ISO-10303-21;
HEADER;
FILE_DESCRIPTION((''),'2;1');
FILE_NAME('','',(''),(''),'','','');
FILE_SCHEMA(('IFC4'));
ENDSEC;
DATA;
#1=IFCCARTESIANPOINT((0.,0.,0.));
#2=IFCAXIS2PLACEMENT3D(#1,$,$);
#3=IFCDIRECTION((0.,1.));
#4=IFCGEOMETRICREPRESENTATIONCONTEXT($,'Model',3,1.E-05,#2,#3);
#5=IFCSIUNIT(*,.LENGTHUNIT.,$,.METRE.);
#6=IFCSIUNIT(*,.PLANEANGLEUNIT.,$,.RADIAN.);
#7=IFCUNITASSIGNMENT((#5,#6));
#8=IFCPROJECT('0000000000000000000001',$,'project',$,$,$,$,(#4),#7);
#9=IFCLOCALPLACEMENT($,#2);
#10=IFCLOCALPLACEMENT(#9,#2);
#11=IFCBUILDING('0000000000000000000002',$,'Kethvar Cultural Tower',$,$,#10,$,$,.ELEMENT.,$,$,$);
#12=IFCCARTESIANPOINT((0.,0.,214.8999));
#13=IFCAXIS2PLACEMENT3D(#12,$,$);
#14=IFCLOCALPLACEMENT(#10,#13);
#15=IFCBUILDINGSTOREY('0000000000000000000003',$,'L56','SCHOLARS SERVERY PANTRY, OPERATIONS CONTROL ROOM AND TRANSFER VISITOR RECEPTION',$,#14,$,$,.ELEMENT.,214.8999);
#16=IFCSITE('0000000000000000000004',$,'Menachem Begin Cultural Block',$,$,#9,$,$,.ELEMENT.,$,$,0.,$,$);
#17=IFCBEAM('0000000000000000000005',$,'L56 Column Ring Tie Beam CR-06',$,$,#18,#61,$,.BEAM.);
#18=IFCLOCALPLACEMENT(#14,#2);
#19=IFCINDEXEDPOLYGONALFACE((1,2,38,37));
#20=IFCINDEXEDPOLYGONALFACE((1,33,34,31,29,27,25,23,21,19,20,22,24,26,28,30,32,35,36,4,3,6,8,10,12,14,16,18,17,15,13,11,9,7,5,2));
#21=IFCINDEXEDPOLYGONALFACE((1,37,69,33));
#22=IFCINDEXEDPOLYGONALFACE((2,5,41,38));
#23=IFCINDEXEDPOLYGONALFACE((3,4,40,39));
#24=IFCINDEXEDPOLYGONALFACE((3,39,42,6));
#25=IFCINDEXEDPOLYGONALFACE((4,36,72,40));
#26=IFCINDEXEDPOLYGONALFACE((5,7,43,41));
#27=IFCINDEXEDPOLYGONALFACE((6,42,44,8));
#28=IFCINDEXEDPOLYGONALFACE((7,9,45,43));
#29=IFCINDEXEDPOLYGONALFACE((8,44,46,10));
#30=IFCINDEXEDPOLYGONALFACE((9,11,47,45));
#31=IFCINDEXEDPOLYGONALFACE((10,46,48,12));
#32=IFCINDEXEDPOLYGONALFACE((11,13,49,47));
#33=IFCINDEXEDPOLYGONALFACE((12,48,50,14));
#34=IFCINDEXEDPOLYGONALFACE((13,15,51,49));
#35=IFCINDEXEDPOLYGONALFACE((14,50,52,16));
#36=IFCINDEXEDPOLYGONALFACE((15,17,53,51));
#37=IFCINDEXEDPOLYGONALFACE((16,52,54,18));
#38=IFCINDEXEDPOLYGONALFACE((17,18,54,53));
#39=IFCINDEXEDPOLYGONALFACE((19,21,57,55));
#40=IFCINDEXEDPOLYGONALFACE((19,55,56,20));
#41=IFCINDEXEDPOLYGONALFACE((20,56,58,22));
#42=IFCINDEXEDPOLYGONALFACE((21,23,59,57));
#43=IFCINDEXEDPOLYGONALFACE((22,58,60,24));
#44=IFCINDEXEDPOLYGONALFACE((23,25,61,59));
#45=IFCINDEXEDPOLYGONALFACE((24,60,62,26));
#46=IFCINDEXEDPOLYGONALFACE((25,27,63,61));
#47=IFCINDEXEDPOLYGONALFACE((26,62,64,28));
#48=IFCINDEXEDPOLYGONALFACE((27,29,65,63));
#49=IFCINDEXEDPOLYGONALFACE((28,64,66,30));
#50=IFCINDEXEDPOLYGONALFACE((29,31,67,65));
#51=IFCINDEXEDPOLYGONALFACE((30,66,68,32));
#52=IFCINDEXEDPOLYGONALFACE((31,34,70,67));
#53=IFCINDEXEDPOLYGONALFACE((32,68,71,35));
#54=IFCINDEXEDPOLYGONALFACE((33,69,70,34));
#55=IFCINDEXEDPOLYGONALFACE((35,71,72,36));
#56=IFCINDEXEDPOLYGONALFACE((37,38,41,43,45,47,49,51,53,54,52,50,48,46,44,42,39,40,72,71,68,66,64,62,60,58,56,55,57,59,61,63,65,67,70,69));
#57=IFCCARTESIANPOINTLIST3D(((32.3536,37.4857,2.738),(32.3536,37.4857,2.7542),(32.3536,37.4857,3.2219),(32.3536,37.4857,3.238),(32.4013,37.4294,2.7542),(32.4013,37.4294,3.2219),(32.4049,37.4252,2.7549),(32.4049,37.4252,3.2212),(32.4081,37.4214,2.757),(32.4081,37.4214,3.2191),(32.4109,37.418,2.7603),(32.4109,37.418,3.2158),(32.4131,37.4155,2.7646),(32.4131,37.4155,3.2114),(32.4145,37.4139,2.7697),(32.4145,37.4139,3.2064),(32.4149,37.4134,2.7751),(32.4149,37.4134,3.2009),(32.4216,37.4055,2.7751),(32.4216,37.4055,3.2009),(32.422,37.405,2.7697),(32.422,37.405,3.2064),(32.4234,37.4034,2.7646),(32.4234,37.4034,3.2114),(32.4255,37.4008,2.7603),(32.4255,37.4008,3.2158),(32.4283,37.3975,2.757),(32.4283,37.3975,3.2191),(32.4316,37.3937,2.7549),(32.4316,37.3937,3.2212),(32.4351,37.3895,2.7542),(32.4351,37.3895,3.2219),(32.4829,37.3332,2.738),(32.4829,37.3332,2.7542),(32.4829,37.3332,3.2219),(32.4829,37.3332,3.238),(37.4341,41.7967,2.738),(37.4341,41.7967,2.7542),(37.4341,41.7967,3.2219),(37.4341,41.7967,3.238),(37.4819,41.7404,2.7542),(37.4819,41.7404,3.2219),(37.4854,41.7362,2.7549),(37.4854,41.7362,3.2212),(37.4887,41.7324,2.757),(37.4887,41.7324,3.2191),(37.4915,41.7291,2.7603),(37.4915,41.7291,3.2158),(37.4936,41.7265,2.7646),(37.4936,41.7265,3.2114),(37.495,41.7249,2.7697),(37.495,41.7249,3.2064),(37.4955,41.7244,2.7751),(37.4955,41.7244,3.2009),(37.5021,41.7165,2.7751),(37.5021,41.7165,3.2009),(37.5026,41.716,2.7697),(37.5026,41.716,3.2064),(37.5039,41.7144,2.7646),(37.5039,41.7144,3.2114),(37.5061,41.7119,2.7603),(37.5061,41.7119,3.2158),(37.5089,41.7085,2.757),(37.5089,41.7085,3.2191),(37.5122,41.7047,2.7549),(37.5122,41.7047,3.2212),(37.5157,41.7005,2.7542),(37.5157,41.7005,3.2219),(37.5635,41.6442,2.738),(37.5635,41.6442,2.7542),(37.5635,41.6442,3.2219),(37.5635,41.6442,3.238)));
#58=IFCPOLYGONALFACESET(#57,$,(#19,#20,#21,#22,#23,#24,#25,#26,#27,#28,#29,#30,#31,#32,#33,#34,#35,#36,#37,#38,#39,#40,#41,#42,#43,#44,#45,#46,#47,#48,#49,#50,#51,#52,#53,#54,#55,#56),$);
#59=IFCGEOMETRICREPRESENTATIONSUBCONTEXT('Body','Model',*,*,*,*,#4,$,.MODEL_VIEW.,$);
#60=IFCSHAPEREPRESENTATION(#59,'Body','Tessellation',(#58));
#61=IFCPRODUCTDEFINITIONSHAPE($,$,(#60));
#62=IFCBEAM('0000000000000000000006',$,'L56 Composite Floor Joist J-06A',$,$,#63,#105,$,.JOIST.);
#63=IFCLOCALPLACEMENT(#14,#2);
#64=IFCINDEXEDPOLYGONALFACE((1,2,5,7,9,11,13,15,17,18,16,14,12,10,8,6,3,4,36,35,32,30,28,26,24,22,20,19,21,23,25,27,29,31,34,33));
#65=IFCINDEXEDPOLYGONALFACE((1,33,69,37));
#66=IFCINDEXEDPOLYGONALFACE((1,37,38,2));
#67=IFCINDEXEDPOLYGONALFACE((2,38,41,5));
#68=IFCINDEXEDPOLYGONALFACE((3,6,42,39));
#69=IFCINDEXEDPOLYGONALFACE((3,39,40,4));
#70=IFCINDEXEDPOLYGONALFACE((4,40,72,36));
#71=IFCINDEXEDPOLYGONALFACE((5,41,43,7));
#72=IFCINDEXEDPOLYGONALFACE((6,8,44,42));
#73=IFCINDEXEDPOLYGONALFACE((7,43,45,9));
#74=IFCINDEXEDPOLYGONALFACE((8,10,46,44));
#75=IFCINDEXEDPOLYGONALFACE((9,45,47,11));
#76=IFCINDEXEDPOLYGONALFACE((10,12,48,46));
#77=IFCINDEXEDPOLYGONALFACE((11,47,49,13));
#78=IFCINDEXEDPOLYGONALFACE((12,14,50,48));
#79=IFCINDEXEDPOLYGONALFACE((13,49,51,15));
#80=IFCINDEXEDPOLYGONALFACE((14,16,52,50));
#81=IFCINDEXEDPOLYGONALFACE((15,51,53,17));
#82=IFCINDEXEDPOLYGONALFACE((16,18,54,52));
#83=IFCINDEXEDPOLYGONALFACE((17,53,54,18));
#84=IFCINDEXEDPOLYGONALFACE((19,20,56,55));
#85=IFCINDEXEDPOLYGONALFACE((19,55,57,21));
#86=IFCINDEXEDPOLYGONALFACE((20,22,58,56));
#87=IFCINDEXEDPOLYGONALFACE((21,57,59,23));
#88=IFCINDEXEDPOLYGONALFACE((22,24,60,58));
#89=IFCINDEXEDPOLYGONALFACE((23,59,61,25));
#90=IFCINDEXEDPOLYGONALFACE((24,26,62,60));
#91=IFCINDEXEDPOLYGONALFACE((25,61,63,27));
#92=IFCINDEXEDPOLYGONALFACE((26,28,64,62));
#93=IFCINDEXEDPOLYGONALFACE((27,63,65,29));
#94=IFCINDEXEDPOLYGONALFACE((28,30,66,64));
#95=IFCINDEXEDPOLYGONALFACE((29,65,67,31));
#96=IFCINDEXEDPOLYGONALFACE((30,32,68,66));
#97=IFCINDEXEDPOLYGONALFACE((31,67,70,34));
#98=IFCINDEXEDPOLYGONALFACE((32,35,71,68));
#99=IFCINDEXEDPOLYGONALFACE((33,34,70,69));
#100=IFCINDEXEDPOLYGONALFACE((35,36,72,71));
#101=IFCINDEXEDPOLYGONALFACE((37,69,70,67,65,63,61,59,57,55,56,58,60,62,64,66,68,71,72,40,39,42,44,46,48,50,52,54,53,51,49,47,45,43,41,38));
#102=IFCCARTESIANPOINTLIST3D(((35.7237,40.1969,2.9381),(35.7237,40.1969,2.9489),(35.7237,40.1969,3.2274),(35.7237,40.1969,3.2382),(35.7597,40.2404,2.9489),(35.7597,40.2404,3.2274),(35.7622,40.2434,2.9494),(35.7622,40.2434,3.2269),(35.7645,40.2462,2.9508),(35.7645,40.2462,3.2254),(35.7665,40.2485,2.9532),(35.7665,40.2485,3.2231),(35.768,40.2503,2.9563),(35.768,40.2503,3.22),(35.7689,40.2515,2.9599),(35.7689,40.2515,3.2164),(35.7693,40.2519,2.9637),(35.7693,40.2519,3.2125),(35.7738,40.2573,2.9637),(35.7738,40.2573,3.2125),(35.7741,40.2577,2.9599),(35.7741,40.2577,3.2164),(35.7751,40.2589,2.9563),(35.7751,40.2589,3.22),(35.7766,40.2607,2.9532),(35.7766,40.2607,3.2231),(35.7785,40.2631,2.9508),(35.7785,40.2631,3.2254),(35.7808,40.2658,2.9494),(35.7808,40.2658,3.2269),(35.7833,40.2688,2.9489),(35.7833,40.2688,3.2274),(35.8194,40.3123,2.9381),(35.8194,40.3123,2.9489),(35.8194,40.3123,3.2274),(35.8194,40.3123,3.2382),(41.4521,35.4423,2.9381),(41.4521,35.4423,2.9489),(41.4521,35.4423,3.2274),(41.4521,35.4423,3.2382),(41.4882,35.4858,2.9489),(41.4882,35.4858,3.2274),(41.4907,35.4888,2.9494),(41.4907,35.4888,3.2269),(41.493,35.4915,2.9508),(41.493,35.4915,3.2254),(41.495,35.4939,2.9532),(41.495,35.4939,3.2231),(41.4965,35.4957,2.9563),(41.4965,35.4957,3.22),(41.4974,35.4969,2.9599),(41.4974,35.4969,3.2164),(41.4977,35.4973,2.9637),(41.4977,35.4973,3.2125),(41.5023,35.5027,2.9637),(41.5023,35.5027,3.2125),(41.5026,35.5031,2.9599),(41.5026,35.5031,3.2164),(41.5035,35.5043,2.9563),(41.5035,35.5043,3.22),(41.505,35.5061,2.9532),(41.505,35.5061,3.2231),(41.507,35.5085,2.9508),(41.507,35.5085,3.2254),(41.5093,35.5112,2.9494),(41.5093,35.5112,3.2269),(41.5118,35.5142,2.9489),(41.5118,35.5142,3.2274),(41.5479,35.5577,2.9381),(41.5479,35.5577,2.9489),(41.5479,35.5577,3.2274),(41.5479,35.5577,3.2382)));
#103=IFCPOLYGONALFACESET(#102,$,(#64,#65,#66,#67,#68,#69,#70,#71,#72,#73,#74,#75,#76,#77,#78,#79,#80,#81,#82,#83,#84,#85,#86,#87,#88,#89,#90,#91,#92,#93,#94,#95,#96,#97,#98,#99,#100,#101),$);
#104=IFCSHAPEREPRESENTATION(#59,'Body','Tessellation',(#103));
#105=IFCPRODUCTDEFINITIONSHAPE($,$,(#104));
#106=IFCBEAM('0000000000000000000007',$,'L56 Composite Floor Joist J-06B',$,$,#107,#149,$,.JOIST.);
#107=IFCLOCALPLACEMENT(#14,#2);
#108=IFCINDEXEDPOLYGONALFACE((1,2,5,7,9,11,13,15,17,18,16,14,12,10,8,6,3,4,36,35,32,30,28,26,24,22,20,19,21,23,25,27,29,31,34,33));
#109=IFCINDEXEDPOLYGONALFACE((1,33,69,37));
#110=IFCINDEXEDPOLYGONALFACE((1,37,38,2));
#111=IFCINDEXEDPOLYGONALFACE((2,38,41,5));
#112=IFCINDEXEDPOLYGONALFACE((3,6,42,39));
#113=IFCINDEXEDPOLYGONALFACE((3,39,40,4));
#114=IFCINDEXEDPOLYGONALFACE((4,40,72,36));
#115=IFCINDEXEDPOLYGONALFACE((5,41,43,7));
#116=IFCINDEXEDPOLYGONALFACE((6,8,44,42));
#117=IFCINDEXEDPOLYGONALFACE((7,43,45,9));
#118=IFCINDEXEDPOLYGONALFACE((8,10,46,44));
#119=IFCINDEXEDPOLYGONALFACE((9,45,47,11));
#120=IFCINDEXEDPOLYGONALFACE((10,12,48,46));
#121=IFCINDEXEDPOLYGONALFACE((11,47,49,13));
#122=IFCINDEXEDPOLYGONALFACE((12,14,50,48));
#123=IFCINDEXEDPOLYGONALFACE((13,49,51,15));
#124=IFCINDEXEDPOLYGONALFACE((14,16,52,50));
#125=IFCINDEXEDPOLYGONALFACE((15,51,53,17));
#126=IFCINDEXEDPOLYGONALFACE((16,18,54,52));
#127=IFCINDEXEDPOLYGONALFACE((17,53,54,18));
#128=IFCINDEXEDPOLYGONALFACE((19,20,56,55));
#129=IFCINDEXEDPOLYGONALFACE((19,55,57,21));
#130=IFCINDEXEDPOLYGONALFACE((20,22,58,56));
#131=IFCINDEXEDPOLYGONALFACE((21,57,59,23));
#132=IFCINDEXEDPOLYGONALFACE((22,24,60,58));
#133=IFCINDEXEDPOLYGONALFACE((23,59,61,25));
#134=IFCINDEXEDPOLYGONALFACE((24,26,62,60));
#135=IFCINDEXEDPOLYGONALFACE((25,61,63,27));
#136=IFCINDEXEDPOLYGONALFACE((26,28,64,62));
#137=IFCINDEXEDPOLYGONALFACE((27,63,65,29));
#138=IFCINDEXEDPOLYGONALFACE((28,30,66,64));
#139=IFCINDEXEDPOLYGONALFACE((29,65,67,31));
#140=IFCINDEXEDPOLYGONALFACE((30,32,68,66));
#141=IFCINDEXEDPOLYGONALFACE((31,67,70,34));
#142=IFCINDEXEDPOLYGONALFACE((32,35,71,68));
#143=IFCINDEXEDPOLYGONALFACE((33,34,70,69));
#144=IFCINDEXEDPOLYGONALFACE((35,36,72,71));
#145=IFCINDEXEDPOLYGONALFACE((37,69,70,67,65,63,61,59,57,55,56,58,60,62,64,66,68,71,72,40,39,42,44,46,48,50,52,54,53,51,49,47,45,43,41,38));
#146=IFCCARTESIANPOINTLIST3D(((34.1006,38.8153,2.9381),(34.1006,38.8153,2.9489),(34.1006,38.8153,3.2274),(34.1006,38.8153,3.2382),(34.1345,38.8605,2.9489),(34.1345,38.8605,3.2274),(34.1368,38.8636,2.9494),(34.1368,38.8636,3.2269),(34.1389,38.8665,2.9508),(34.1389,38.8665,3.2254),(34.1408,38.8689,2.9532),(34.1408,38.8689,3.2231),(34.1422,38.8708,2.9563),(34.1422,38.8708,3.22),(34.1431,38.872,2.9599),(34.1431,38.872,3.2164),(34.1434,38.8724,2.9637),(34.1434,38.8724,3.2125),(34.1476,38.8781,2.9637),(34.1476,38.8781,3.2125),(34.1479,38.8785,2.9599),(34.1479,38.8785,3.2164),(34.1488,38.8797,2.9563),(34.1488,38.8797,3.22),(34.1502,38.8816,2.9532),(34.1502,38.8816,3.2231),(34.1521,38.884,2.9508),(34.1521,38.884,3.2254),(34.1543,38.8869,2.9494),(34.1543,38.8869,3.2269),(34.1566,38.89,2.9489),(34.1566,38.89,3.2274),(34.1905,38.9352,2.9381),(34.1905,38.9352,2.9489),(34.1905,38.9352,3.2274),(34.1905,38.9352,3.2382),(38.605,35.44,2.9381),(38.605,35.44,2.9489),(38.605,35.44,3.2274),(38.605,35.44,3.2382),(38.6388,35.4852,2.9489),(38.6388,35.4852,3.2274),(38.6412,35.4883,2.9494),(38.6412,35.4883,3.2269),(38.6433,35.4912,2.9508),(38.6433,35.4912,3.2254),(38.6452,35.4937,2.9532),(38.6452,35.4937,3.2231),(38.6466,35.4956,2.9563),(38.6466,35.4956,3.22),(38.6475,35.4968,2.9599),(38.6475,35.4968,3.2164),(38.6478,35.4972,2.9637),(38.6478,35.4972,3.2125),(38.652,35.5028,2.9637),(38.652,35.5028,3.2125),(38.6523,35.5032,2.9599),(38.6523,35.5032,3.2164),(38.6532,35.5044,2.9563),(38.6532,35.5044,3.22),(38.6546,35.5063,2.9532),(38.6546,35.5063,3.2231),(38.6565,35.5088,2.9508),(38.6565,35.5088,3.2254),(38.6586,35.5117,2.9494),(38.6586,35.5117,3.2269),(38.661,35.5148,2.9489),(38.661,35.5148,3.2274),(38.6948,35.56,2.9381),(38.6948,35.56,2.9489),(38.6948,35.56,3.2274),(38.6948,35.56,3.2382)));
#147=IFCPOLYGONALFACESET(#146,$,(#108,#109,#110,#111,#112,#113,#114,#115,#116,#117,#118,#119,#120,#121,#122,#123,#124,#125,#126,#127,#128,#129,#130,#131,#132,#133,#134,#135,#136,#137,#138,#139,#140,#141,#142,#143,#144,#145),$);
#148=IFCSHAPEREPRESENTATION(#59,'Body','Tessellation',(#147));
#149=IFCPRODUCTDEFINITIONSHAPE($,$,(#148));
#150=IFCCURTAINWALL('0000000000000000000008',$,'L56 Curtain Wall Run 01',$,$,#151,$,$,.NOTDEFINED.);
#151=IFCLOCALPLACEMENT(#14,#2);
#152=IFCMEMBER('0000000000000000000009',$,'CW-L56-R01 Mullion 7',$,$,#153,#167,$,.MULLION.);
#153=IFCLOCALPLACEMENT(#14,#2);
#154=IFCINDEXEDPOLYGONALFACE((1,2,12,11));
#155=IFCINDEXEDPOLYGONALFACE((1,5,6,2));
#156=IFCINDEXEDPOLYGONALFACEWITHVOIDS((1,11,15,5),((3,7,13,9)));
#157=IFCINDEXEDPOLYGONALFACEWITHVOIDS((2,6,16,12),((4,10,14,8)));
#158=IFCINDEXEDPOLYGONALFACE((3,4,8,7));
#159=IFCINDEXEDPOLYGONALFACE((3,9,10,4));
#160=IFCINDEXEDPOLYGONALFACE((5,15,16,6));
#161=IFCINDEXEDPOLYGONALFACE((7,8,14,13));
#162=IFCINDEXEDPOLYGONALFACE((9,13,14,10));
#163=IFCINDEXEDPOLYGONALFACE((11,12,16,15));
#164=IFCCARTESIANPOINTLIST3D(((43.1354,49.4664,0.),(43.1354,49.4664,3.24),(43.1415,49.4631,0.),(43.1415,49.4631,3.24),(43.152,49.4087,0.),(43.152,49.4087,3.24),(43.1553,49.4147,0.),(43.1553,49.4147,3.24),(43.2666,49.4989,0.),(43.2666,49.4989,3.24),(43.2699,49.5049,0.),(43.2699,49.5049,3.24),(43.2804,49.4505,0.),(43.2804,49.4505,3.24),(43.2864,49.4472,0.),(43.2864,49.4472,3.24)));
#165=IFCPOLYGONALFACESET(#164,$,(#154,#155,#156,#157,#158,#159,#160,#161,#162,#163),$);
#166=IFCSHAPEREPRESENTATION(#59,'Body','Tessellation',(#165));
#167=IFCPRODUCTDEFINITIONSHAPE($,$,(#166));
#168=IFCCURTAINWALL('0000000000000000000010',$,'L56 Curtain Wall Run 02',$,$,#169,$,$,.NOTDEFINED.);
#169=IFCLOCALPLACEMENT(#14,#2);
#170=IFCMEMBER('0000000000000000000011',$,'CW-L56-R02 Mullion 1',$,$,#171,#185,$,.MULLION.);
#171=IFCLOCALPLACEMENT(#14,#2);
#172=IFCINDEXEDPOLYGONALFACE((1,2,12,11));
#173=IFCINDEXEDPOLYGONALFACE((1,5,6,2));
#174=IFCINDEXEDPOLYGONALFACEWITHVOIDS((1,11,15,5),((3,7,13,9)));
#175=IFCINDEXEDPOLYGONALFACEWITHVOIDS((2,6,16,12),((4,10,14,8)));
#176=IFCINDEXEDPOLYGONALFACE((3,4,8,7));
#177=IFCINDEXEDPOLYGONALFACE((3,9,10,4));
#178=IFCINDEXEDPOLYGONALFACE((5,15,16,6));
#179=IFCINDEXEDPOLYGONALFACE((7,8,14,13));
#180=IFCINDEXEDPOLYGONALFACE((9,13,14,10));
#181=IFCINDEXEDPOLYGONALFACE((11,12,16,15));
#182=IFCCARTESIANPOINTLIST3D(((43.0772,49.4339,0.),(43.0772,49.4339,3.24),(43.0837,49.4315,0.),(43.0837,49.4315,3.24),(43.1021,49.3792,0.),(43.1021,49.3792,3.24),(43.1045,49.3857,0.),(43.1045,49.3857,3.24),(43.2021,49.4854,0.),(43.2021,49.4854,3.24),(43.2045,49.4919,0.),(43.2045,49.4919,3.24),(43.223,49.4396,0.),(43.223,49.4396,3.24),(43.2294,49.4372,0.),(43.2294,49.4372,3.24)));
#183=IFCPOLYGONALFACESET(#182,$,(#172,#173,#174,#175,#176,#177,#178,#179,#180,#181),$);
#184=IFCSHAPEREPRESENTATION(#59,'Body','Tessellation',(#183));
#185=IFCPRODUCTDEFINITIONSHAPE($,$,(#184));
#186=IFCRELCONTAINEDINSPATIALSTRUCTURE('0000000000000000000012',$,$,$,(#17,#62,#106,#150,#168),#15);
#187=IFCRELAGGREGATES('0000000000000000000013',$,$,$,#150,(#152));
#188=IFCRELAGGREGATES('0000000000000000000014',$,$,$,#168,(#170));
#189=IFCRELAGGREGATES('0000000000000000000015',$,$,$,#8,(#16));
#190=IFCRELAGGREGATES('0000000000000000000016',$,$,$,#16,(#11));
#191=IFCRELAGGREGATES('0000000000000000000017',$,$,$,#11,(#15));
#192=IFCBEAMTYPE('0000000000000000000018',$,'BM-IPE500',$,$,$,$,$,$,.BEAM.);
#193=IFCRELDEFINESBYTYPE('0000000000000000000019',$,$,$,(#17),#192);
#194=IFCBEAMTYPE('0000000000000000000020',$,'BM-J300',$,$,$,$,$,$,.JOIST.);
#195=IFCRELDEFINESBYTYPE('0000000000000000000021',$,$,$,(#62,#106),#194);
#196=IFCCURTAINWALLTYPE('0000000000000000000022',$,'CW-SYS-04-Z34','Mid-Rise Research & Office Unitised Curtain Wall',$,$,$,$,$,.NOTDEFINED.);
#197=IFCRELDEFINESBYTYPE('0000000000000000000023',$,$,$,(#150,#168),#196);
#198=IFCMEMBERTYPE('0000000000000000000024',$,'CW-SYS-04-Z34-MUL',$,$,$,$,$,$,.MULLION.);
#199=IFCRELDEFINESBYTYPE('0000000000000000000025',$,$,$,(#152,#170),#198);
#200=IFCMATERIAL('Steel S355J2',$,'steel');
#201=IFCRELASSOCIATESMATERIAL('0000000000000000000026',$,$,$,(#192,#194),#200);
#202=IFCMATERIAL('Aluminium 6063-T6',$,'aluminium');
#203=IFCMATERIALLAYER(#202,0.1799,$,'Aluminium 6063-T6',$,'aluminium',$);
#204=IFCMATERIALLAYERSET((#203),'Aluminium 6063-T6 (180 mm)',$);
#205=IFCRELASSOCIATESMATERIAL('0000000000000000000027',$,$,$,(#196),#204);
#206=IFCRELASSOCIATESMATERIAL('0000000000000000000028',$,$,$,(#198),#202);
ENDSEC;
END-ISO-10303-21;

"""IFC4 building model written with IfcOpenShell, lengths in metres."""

from ifc_helpers import new_model, si_unit, direction, frame, origin, origin_2d, place, context, subcontext, project, spatial, hollow_rectangle, i_section, extrude, source, transform, mapped, material, layer, layer_set, material_profile, profile_set, type_object, element, aggregate, save


model = new_model("IFC4")

# Units and contexts
model_context = context("Model", 3, precision=1e-05, world=origin(), true_north=direction((0.0, 1.0)))
body_context = subcontext(model_context, "Body", "Model", "MODEL_VIEW")
ifc_project = project(units=[si_unit("LENGTHUNIT", "METRE"), si_unit("PLANEANGLEUNIT", "RADIAN")], contexts=[model_context])

# Site, building, storey
site_placement = place(None, origin())
site = spatial("IfcSite", under=ifc_project, at=site_placement, Name="Menachem Begin Cultural Block", CompositionType="ELEMENT", RefElevation=0.0)
building_placement = place(site_placement, origin())
building = spatial("IfcBuilding", under=site, at=building_placement, Name="Kethvar Cultural Tower", CompositionType="ELEMENT")
storey_placement = place(building_placement, frame((0.0, 0.0, 214.8999)))
storey = spatial("IfcBuildingStorey", under=building, at=storey_placement, Name="L56", Description="SCHOLARS SERVERY PANTRY, OPERATIONS CONTROL ROOM AND TRANSFER VISITOR RECEPTION", CompositionType="ELEMENT", Elevation=214.8999)

# Beams
ifc_material_1 = material(Name="Steel S355J2", Category="steel")
ifc_material_profile_1 = material_profile(ifc_material_1, i_section(OverallWidth=0.2, OverallDepth=0.5, WebThickness=0.0103, FlangeThickness=0.0161, FilletRadius=0.021, at=origin_2d()), Name="Steel S355J2 — IPE500")
ifc_profile_set_1 = profile_set([ifc_material_profile_1], Name="Steel S355J2 — IPE500")
beam_type_1 = type_object("IfcBeamType", Name="BM-IPE500", PredefinedType="BEAM", material=ifc_profile_set_1)
ifc_material_profile_2 = material_profile(ifc_material_1, i_section(OverallWidth=0.1499, OverallDepth=0.3, WebThickness=0.0071, FlangeThickness=0.0107, FilletRadius=0.0149, at=origin_2d()), Name="Steel S355J2 — IPE300")
ifc_profile_set_2 = profile_set([ifc_material_profile_2], Name="Steel S355J2 — IPE300")
beam_type_2 = type_object("IfcBeamType", Name="BM-J300", PredefinedType="JOIST", material=ifc_profile_set_2)
shared_shape_1 = source(origin(), body_context, "Body", "SweptSolid", [
    extrude(i_section(OverallWidth=0.2, OverallDepth=0.5, WebThickness=0.0103, FlangeThickness=0.0161, FilletRadius=0.021, at=origin_2d()), origin(), (0.0, 0.0, 1.0), 6.6631),
])
beam_1_placement = place(storey_placement, frame((37.4988, 41.7205, 2.988), z_axis=(-0.762491, -0.646999, 0.0), x_axis=(0.646999, -0.762491, 0.0)))
element("IfcBeam", 1, at=beam_1_placement, inside=storey, type_object=beam_type_1, Name="L56 Column Ring Tie Beam CR-06", PredefinedType="BEAM", context=body_context, shape_type="MappedRepresentation", body=[
    mapped(shared_shape_1, transform((0.0, 0.0, 0.0), scale=1.0)),
])
shared_shape_2 = source(origin(), body_context, "Body", "SweptSolid", [
    extrude(i_section(OverallWidth=0.1499, OverallDepth=0.3, WebThickness=0.0071, FlangeThickness=0.0107, FilletRadius=0.0149, at=origin_2d()), origin(), (0.0, 0.0, 1.0), 7.4446),
])
beam_2_placement = place(storey_placement, frame((41.5, 35.5, 3.0881), z_axis=(-0.769483, 0.638667, 0.0), x_axis=(-0.638667, -0.769483, 0.0)))
element("IfcBeam", 2, at=beam_2_placement, inside=storey, type_object=beam_type_2, Name="L56 Composite Floor Joist J-06A", PredefinedType="JOIST", context=body_context, shape_type="MappedRepresentation", body=[
    mapped(shared_shape_2, transform((0.0, 0.0, 0.0), scale=1.0)),
])
shared_shape_3 = source(origin(), body_context, "Body", "SweptSolid", [
    extrude(i_section(OverallWidth=0.1499, OverallDepth=0.3, WebThickness=0.0071, FlangeThickness=0.0107, FilletRadius=0.0149, at=origin_2d()), origin(), (0.0, 0.0, 1.0), 5.6287),
])
beam_3_placement = place(storey_placement, frame((38.6499, 35.5, 3.0881), z_axis=(-0.80026, 0.599653, 0.0), x_axis=(-0.599653, -0.80026, 0.0)))
element("IfcBeam", 3, at=beam_3_placement, inside=storey, type_object=beam_type_2, Name="L56 Composite Floor Joist J-06B", PredefinedType="JOIST", context=body_context, shape_type="MappedRepresentation", body=[
    mapped(shared_shape_3, transform((0.0, 0.0, 0.0), scale=1.0)),
])

# Curtain wall, member
ifc_material_2 = material(Name="Aluminium 6063-T6", Category="aluminium")
ifc_layer_1 = layer(ifc_material_2, 0.1799, Name="Aluminium 6063-T6", Category="aluminium")
ifc_layer_set_1 = layer_set([ifc_layer_1], Name="Aluminium 6063-T6 (180 mm)")
curtain_wall_type = type_object("IfcCurtainWallType", Name="CW-SYS-04-Z34", Description="Mid-Rise Research & Office Unitised Curtain Wall", PredefinedType="NOTDEFINED", material=ifc_layer_set_1)
curtain_wall_1_placement = place(storey_placement, origin())
curtain_wall_1 = element("IfcCurtainWall", 4, at=curtain_wall_1_placement, inside=storey, type_object=curtain_wall_type, Name="L56 Curtain Wall Run 01", PredefinedType="NOTDEFINED")
ifc_material_profile_3 = material_profile(ifc_material_2, hollow_rectangle(XDim=0.0601, YDim=0.1399, WallThickness=0.0049, at=origin_2d()), Name="Aluminium 6063-T6 — RHS140x60x5")
ifc_profile_set_3 = profile_set([ifc_material_profile_3], Name="Aluminium 6063-T6 — RHS140x60x5")
member_type_1 = type_object("IfcMemberType", Name="CW-SYS-04-Z34-MUL", PredefinedType="MULLION", material=ifc_profile_set_3)
shared_shape_4 = source(origin(), body_context, "Body", "SweptSolid", [
    extrude(hollow_rectangle(XDim=0.0601, YDim=0.1399, WallThickness=0.0049, at=origin_2d()), origin(), (0.0, 0.0, 1.0), 3.24),
])
member_1_placement = place(storey_placement, frame((43.2109, 49.4568, 0.0), z_axis=(0.0, 0.0, 1.0), x_axis=(0.275117, -0.961411, 0.0)))
member_1 = element("IfcMember", 5, at=member_1_placement, type_object=member_type_1, Name="CW-L56-R01 Mullion 7", PredefinedType="MULLION", context=body_context, shape_type="MappedRepresentation", body=[
    mapped(shared_shape_4, transform((0.0, 0.0, 0.0), scale=1.0)),
])

# Curtain wall, member
curtain_wall_2_placement = place(storey_placement, origin())
curtain_wall_2 = element("IfcCurtainWall", 6, at=curtain_wall_2_placement, inside=storey, type_object=curtain_wall_type, Name="L56 Curtain Wall Run 02", PredefinedType="NOTDEFINED")
member_2_placement = place(storey_placement, frame((43.1533, 49.4355, 0.0), z_axis=(0.0, 0.0, 1.0), x_axis=(0.414455, -0.91007, 0.0)))
member_2 = element("IfcMember", 7, at=member_2_placement, type_object=member_type_1, Name="CW-L56-R02 Mullion 1", PredefinedType="MULLION", context=body_context, shape_type="MappedRepresentation", body=[
    mapped(shared_shape_4, transform((0.0, 0.0, 0.0), scale=1.0)),
])

aggregate(curtain_wall_1, [member_1])
aggregate(curtain_wall_2, [member_2])

save(model, "model.ifc")
